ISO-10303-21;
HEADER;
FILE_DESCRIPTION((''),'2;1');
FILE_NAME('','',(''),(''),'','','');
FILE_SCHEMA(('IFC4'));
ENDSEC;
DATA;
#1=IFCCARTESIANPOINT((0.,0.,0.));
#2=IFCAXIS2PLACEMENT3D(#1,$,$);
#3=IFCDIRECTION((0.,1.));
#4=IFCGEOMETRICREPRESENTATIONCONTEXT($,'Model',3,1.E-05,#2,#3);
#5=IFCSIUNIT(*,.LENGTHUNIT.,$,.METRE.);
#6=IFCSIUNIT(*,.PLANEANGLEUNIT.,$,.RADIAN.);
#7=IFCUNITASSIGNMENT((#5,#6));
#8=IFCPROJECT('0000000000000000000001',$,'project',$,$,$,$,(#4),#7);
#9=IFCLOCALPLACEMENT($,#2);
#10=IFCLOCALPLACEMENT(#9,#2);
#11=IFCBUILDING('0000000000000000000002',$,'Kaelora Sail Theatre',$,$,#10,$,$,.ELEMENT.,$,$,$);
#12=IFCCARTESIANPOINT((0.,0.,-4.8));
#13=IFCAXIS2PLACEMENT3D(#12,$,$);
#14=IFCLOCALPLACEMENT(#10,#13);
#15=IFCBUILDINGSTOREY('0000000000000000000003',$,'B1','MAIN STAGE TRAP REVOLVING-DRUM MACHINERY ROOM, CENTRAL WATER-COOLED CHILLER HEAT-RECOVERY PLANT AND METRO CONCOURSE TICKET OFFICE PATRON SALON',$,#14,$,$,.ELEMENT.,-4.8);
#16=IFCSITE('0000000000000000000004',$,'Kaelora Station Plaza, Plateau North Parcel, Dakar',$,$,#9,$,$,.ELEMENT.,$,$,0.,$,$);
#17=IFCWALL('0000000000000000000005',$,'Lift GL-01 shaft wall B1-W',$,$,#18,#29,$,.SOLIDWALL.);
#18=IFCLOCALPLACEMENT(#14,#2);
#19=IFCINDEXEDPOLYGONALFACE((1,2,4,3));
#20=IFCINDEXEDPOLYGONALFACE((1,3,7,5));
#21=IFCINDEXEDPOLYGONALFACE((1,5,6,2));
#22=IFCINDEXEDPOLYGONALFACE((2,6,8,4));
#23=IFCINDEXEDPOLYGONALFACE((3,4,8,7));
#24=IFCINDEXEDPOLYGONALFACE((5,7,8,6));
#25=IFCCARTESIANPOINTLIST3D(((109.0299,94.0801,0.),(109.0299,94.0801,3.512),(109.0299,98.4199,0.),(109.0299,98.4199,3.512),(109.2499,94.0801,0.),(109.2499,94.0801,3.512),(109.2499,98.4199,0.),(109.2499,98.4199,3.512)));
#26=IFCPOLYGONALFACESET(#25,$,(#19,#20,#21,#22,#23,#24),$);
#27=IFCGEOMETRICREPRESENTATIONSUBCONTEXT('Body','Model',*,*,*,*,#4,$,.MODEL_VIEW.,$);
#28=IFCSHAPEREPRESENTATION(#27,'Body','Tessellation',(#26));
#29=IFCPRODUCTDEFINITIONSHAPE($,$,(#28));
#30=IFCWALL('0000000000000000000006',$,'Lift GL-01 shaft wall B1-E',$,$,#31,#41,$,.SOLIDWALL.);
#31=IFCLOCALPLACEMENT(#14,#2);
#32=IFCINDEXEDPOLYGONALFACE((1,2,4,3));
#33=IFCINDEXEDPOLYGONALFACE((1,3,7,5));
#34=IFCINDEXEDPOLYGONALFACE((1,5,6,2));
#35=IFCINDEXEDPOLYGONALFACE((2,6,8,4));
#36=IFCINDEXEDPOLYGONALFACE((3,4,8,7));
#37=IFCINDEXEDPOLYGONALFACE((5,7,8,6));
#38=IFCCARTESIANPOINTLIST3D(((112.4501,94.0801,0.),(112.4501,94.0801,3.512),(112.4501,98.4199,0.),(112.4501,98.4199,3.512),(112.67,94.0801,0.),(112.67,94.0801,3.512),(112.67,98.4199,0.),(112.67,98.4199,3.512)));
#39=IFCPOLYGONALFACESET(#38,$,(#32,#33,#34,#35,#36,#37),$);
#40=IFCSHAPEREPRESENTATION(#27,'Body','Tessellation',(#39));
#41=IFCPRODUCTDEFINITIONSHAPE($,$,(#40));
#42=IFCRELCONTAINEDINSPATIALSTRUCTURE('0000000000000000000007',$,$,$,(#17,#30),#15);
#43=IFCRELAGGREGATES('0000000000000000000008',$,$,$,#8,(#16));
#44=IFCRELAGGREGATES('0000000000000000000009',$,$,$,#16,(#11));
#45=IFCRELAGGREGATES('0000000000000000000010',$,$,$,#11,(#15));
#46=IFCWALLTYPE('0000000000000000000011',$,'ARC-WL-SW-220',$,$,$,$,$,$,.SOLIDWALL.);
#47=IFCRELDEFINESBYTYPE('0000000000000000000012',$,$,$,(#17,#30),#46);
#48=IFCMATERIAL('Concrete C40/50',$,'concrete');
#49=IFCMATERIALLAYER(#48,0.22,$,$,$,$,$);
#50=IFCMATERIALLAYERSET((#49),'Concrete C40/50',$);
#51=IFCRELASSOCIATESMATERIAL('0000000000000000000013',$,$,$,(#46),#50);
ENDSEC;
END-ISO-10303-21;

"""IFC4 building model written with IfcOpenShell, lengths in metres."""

from ifc_helpers import new_model, si_unit, direction, frame, frame_2d, origin, place, context, subcontext, project, spatial, rectangle, extrude, material, layer, layer_set, type_object, element, save


model = new_model("IFC4")

# Units and contexts
model_context = context("Model", 3, precision=1e-05, world=origin(), true_north=direction((0.0, 1.0)))
body_context = subcontext(model_context, "Body", "Model", "MODEL_VIEW")
ifc_project = project(units=[si_unit("LENGTHUNIT", "METRE"), si_unit("PLANEANGLEUNIT", "RADIAN")], contexts=[model_context])

# Site, building, storey
site_placement = place(None, origin())
site = spatial("IfcSite", under=ifc_project, at=site_placement, Name="Kaelora Station Plaza, Plateau North Parcel, Dakar", CompositionType="ELEMENT", RefElevation=0.0)
building_placement = place(site_placement, origin())
building = spatial("IfcBuilding", under=site, at=building_placement, Name="Kaelora Sail Theatre", CompositionType="ELEMENT")
storey_placement = place(building_placement, frame((0.0, 0.0, -4.8)))
storey = spatial("IfcBuildingStorey", under=building, at=storey_placement, Name="B1", Description="MAIN STAGE TRAP REVOLVING-DRUM MACHINERY ROOM, CENTRAL WATER-COOLED CHILLER HEAT-RECOVERY PLANT AND METRO CONCOURSE TICKET OFFICE PATRON SALON", CompositionType="ELEMENT", Elevation=-4.8)

# Walls
ifc_material_1 = material(Name="Concrete C40/50", Category="concrete")
ifc_layer = layer(ifc_material_1, 0.22)
ifc_layer_set = layer_set([ifc_layer], Name="Concrete C40/50")
wall_type = type_object("IfcWallType", Name="ARC-WL-SW-220", PredefinedType="SOLIDWALL", material=ifc_layer_set)
for number, where, z_axis, x_axis, name in (
    (1, (109.1399, 94.0801, 0.0), (0.0, 0.0, 1.0), (0.0, 1.0, 0.0), "Lift GL-01 shaft wall B1-W"),
    (2, (112.5601, 94.0801, 0.0), (0.0, 0.0, 1.0), (0.0, 1.0, 0.0), "Lift GL-01 shaft wall B1-E"),
):
    element("IfcWall", number, at=place(storey_placement, frame(where, z_axis=z_axis, x_axis=x_axis)), inside=storey, type_object=wall_type, Name=name, PredefinedType="SOLIDWALL", context=body_context, shape_type="SweptSolid", body=[
        extrude(rectangle(XDim=4.3398, YDim=0.22, at=frame_2d((2.1699, 0.0))), origin(), (0.0, 0.0, 1.0), 3.512),
    ])

save(model, "model.ifc")
